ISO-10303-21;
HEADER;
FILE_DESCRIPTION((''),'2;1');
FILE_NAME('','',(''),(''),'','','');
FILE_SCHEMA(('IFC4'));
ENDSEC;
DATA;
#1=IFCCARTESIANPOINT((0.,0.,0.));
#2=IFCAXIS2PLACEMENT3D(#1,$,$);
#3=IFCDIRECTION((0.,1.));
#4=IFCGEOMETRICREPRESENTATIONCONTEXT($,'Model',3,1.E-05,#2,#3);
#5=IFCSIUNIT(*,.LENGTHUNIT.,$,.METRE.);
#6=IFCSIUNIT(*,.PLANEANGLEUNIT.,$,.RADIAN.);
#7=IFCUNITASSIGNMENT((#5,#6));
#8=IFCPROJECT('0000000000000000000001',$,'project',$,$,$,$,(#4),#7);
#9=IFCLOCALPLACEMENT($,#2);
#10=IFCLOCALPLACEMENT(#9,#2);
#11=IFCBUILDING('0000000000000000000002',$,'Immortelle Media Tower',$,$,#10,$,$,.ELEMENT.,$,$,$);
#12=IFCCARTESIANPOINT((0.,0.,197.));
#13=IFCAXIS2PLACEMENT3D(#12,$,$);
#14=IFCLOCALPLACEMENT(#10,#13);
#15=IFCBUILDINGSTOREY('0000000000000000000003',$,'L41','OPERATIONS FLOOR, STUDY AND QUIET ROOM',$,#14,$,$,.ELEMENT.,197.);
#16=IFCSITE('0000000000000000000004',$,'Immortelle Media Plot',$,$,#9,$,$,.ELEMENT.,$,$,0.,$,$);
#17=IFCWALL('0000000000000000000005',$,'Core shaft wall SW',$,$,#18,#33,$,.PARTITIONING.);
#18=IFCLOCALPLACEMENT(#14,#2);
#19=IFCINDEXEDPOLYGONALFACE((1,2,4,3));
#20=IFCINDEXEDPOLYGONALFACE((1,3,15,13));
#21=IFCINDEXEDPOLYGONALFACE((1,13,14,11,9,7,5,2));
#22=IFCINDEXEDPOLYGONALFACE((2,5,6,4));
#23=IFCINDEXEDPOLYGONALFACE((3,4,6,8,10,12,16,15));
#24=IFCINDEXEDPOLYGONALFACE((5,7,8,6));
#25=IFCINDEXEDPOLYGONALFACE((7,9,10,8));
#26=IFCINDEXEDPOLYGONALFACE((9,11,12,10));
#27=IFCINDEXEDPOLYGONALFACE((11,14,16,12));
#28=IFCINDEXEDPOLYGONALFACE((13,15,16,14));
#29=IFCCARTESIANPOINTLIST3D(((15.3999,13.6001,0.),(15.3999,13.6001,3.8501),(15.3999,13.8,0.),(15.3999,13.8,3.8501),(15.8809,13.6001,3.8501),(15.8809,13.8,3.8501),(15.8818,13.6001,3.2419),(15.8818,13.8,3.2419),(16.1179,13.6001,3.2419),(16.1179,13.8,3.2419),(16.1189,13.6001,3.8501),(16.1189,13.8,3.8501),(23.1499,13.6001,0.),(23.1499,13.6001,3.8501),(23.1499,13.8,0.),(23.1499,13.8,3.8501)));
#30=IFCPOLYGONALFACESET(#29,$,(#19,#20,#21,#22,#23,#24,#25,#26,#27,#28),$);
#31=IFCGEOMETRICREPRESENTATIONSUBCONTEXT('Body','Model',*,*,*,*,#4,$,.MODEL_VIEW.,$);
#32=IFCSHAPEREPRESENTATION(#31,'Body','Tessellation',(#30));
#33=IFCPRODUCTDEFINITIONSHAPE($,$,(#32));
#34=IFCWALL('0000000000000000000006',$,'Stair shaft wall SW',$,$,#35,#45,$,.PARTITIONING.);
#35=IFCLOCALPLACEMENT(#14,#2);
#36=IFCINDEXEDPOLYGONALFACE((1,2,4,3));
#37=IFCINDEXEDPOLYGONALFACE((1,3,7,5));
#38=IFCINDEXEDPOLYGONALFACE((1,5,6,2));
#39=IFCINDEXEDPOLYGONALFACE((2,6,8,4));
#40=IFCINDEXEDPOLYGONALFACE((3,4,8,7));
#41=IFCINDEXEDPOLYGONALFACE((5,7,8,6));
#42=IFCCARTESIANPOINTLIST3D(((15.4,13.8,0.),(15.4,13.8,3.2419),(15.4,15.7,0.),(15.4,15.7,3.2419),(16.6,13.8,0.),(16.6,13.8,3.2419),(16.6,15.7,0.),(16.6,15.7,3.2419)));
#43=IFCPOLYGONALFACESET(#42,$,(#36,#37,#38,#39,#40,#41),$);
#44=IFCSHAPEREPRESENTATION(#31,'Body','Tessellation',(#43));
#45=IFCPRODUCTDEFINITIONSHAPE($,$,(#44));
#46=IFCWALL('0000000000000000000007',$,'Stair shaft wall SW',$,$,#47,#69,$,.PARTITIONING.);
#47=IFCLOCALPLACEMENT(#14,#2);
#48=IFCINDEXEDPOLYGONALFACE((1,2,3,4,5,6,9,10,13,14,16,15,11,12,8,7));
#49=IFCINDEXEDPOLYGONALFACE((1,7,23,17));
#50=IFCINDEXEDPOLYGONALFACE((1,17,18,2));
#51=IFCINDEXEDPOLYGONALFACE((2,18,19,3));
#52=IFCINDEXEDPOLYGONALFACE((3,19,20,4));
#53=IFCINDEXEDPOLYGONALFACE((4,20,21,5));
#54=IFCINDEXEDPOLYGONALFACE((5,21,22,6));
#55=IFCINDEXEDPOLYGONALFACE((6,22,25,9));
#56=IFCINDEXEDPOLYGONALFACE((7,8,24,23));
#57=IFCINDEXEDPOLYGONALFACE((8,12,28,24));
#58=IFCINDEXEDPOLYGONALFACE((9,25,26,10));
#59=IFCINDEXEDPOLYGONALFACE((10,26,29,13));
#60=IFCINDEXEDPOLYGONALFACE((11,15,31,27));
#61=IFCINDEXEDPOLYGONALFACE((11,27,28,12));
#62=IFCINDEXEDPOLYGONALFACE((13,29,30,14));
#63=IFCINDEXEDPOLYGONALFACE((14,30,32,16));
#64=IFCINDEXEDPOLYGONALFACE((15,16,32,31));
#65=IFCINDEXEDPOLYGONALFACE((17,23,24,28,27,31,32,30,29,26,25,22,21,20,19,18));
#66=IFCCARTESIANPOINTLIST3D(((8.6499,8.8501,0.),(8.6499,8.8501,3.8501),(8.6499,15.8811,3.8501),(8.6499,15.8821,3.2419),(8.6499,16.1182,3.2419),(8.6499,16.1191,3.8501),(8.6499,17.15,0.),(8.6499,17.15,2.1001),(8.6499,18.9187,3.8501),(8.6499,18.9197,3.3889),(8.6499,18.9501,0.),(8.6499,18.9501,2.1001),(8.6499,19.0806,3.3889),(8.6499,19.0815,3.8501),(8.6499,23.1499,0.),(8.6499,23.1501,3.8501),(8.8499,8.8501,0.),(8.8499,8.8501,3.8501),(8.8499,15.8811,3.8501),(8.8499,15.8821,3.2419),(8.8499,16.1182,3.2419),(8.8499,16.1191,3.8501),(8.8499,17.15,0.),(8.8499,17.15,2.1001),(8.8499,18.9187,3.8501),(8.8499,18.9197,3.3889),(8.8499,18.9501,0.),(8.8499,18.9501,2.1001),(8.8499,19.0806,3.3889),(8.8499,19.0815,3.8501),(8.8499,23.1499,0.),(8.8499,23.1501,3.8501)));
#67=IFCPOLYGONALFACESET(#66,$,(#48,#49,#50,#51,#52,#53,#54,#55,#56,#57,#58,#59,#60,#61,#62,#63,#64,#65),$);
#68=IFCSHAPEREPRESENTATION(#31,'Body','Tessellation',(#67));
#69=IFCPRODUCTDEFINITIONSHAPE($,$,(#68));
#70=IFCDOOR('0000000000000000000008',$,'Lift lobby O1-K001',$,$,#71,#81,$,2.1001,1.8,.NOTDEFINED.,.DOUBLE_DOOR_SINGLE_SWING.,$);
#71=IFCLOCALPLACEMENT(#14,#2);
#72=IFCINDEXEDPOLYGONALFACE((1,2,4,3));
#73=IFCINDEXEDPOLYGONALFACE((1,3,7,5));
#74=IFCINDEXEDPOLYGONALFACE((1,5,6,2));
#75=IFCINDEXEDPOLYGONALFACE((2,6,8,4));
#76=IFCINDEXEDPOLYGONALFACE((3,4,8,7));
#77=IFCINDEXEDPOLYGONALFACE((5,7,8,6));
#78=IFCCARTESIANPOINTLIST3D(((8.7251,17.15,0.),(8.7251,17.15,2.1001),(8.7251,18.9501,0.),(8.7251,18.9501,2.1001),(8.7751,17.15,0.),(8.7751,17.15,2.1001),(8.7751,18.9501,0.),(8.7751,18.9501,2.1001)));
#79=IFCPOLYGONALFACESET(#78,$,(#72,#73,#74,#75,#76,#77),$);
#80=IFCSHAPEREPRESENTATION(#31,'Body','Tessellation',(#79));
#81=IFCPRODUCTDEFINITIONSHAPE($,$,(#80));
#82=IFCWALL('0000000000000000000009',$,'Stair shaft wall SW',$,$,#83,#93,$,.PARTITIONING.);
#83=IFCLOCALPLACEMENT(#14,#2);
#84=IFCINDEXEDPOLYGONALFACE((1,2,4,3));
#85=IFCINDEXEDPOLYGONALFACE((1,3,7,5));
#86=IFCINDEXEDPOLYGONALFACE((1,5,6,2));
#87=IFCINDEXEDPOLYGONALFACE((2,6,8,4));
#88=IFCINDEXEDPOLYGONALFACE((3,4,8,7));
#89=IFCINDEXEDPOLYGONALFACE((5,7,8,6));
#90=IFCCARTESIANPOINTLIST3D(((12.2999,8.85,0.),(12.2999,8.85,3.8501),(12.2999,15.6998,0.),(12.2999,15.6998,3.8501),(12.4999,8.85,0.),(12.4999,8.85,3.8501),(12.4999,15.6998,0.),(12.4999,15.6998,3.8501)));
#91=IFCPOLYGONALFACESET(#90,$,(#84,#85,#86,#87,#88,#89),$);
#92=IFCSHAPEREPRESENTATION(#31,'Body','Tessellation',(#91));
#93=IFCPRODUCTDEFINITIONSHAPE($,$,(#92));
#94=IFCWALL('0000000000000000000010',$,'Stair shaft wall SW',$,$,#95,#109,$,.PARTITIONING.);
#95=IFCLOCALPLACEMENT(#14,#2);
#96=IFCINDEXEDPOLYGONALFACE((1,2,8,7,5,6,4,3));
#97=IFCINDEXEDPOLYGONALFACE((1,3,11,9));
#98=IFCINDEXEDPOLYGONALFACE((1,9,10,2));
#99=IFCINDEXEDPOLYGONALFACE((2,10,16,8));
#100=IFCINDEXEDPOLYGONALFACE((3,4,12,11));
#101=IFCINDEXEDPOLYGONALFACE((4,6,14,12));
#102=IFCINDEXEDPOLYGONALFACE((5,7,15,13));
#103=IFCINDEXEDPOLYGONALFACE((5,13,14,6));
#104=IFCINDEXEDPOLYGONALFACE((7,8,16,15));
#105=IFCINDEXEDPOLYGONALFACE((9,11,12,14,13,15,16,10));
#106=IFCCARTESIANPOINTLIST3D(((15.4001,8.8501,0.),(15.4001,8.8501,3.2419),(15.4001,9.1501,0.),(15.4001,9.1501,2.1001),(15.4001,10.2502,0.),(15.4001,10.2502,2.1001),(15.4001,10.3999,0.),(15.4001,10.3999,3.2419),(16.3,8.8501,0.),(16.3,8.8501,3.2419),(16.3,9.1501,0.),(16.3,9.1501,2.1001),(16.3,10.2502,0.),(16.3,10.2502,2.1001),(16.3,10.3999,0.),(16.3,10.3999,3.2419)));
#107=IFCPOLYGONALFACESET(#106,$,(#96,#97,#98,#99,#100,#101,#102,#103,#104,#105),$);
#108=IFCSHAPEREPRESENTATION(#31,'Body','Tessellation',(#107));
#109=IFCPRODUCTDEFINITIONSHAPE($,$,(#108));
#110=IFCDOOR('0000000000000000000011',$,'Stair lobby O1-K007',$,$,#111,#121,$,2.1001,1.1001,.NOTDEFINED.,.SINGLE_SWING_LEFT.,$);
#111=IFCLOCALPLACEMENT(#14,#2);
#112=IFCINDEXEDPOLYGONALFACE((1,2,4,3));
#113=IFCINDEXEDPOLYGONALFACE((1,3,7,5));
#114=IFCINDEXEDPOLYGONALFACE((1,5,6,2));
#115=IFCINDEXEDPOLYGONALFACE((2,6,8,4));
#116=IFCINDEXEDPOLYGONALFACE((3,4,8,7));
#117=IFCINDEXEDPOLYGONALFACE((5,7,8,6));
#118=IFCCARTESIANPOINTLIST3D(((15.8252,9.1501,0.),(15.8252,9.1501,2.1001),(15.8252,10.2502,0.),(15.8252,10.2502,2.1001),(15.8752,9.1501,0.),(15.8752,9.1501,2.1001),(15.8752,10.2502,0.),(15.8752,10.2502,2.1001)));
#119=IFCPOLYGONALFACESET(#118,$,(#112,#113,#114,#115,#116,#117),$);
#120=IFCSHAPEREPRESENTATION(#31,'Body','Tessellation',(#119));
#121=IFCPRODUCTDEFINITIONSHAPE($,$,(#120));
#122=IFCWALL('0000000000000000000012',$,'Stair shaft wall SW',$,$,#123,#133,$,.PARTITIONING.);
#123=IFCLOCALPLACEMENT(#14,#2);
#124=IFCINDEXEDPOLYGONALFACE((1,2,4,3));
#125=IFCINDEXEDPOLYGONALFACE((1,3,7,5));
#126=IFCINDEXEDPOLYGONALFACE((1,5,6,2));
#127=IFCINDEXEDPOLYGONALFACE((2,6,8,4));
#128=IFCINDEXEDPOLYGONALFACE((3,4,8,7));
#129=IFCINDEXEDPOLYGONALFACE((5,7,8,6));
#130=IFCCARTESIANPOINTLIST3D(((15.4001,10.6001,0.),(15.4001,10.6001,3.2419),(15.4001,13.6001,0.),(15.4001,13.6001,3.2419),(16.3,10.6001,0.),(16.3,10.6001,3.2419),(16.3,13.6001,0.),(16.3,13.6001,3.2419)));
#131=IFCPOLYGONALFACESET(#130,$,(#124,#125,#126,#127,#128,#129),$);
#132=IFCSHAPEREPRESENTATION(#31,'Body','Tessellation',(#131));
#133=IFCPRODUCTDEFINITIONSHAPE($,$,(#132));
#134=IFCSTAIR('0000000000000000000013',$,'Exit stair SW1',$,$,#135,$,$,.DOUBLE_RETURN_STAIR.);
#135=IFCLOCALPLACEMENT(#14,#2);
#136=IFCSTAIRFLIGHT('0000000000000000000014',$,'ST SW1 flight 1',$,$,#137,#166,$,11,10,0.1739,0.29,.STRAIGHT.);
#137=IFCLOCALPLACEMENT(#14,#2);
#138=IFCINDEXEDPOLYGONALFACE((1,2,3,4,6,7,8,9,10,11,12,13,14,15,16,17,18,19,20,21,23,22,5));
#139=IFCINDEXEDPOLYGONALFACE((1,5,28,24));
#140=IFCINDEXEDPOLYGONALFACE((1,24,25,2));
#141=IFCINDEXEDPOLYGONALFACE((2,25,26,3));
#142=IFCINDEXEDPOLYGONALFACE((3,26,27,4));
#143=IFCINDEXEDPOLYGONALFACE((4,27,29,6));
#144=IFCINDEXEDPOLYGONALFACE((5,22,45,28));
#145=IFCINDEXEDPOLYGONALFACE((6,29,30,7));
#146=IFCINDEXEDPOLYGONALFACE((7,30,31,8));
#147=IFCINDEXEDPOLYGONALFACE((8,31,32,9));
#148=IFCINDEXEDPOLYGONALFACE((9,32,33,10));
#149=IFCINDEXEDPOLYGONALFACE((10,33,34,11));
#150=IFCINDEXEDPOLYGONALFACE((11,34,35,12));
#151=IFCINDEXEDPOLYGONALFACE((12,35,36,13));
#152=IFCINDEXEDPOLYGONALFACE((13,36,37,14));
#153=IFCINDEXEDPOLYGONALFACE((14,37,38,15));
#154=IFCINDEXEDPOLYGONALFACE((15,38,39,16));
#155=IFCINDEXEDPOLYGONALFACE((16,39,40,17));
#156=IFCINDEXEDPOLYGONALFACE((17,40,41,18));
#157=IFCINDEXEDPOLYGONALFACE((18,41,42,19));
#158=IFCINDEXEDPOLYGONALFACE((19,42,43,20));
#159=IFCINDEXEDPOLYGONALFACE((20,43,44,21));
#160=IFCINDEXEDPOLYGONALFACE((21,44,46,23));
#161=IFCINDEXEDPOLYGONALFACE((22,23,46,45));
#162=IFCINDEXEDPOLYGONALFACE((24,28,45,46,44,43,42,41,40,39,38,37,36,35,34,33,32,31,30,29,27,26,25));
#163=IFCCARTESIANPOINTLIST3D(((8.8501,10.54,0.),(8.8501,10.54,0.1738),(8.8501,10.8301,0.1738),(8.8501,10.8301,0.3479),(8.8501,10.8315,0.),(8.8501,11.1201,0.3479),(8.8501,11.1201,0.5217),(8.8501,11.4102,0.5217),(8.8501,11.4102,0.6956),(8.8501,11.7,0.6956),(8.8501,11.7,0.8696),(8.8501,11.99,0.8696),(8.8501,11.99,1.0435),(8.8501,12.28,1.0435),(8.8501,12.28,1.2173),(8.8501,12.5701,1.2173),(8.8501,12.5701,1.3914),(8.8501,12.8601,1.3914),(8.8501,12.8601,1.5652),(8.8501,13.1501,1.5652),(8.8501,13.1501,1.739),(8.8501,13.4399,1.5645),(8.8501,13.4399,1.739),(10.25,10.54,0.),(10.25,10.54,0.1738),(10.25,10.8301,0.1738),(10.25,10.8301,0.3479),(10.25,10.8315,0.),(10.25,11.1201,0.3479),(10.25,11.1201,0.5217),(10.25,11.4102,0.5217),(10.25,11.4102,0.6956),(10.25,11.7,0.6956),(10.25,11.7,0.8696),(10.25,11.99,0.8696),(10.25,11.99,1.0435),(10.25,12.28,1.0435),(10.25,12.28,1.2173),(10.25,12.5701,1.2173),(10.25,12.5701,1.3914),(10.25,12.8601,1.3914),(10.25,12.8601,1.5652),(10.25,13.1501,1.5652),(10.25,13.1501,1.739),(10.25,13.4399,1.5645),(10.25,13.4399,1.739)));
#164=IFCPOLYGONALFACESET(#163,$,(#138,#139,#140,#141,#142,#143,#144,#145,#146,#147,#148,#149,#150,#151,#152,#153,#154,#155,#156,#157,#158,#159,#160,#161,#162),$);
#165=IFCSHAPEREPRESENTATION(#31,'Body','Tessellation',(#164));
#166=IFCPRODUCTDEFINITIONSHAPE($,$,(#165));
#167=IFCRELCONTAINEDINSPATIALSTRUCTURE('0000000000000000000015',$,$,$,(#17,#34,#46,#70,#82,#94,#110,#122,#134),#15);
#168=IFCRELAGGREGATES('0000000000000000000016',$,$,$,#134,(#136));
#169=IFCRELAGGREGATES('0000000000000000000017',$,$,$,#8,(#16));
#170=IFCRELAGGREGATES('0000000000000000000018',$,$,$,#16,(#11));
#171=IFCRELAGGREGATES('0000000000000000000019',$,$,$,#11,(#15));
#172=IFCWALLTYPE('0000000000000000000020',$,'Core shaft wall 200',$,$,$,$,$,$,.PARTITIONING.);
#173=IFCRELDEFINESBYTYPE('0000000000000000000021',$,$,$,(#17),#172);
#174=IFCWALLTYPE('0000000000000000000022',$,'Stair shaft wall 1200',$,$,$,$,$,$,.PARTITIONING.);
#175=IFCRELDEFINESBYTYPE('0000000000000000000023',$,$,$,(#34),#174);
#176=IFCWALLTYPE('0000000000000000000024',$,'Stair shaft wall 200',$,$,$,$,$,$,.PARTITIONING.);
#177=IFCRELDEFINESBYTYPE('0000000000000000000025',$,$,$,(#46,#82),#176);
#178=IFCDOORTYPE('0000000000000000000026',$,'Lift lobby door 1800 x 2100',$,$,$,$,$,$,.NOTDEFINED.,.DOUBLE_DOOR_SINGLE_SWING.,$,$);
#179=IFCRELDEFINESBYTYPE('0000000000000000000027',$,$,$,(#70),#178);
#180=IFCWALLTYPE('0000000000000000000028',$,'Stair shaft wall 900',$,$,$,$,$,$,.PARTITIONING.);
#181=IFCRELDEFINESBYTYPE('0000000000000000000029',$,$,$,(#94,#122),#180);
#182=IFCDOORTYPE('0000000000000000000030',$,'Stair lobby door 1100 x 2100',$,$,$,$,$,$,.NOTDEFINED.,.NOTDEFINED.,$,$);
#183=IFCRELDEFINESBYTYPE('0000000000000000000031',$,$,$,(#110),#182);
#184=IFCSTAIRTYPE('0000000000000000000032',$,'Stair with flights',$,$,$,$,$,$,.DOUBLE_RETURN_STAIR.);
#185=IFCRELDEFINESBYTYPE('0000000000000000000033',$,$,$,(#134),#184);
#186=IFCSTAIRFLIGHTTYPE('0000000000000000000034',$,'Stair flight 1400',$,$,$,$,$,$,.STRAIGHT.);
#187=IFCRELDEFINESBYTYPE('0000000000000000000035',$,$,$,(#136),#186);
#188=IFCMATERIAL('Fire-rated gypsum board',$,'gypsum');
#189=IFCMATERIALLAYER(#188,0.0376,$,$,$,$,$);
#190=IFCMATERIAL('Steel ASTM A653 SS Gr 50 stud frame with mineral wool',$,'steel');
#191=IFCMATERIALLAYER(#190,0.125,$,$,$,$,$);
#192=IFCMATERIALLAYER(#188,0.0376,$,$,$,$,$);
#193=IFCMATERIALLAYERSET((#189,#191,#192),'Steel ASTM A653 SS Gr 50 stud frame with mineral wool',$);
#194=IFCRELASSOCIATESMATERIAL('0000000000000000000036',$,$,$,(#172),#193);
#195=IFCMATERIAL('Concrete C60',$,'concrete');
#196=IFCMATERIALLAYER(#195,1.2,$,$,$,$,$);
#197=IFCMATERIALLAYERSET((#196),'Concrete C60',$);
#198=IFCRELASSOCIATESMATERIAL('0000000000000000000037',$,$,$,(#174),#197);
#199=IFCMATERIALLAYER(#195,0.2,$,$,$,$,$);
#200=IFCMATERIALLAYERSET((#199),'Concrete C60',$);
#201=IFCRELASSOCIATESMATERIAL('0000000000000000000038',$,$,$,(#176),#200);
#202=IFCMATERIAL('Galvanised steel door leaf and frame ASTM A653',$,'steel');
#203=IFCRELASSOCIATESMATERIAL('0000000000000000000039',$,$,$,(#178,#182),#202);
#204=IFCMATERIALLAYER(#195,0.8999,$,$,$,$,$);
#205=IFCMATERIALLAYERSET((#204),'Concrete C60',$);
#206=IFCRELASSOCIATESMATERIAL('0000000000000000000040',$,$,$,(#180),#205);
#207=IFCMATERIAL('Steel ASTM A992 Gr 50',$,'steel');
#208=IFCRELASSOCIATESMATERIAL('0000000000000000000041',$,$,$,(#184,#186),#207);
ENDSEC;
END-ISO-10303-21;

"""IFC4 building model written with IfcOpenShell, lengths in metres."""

from ifc_helpers import new_model, si_unit, direction, frame, frame_2d, origin, place, context, subcontext, project, spatial, polyline, rectangle, outline, extrude, material, layer, layer_set, type_object, element, fill, aggregate, save


model = new_model("IFC4")

# Units and contexts
model_context = context("Model", 3, precision=1e-05, world=origin(), true_north=direction((0.0, 1.0)))
body_context = subcontext(model_context, "Body", "Model", "MODEL_VIEW")
ifc_project = project(units=[si_unit("LENGTHUNIT", "METRE"), si_unit("PLANEANGLEUNIT", "RADIAN")], contexts=[model_context])

# Site, building, storey
site_placement = place(None, origin())
site = spatial("IfcSite", under=ifc_project, at=site_placement, Name="Immortelle Media Plot", CompositionType="ELEMENT", RefElevation=0.0)
building_placement = place(site_placement, origin())
building = spatial("IfcBuilding", under=site, at=building_placement, Name="Immortelle Media Tower", CompositionType="ELEMENT")
storey_placement = place(building_placement, frame((0.0, 0.0, 197.0)))
storey = spatial("IfcBuildingStorey", under=building, at=storey_placement, Name="L41", Description="OPERATIONS FLOOR, STUDY AND QUIET ROOM", CompositionType="ELEMENT", Elevation=197.0)

# Shared definitions
ifc_material_1 = material(Name="Steel ASTM A992 Gr 50", Category="steel")

# Shared definitions
ifc_material_2 = material(Name="Fire-rated gypsum board", Category="gypsum")
ifc_layer_1 = layer(ifc_material_2, 0.0376)
ifc_material_3 = material(Name="Steel ASTM A653 SS Gr 50 stud frame with mineral wool", Category="steel")
ifc_layer_2 = layer(ifc_material_3, 0.125)
ifc_layer_3 = layer(ifc_material_2, 0.0376)
ifc_layer_set_1 = layer_set([ifc_layer_1, ifc_layer_2, ifc_layer_3], Name="Steel ASTM A653 SS Gr 50 stud frame with mineral wool")
wall_type_1 = type_object("IfcWallType", Name="Core shaft wall 200", PredefinedType="PARTITIONING", material=ifc_layer_set_1)

# Walls
wall_1_placement = place(storey_placement, frame((15.3999, 13.7, 0.0), z_axis=(0.0, 0.0, 1.0), x_axis=(1.0, 0.0, 0.0)))
element("IfcWall", 1, at=wall_1_placement, inside=storey, type_object=wall_type_1, Name="Core shaft wall SW", PredefinedType="PARTITIONING", context=body_context, shape_type="SweptSolid", body=[
    extrude(outline(polyline([(0.0, 0.0), (7.75, 0.0), (7.75, 3.8501), (0.719, 3.8501), (0.718, 3.2419), (0.4819, 3.2419), (0.481, 3.8501), (0.0, 3.8501), (0.0, 0.0)])), frame((0.0, 0.1001, 0.0), z_axis=(0.0, -1.0, 0.0), x_axis=(1.0, 0.0, 0.0)), (0.0, 0.0, 1.0), 0.2),
])
ifc_material_4 = material(Name="Concrete C60", Category="concrete")
ifc_layer_4 = layer(ifc_material_4, 1.2)
ifc_layer_set_2 = layer_set([ifc_layer_4], Name="Concrete C60")
wall_type_2 = type_object("IfcWallType", Name="Stair shaft wall 1200", PredefinedType="PARTITIONING", material=ifc_layer_set_2)
wall_2_placement = place(storey_placement, frame((16.0, 13.8, 0.0), z_axis=(0.0, 0.0, 1.0), x_axis=(0.0, 1.0, 0.0)))
element("IfcWall", 2, at=wall_2_placement, inside=storey, type_object=wall_type_2, Name="Stair shaft wall SW", PredefinedType="PARTITIONING", context=body_context, shape_type="SweptSolid", body=[
    extrude(rectangle(XDim=1.8999, YDim=1.2, at=frame_2d((0.95, 0.0))), origin(), (0.0, 0.0, 1.0), 3.2419),
])

# Wall, opening, door
ifc_layer_5 = layer(ifc_material_4, 0.2)
ifc_layer_set_3 = layer_set([ifc_layer_5], Name="Concrete C60")
wall_type_3 = type_object("IfcWallType", Name="Stair shaft wall 200", PredefinedType="PARTITIONING", material=ifc_layer_set_3)
wall_3_placement = place(storey_placement, frame((8.75, 8.8501, 0.0), z_axis=(0.0, 0.0, 1.0), x_axis=(0.0, 1.0, 0.0)))
wall_3 = element("IfcWall", 3, at=wall_3_placement, inside=storey, type_object=wall_type_3, Name="Stair shaft wall SW", PredefinedType="PARTITIONING", context=body_context, shape_type="SweptSolid", body=[
    extrude(outline(polyline([(0.0, 0.0), (14.2998, 0.0), (14.3, 3.8501), (10.2314, 3.8501), (10.2305, 3.3889), (10.0696, 3.3889), (10.0686, 3.8501), (7.269, 3.8501), (7.2681, 3.2419), (7.032, 3.2419), (7.031, 3.8501), (0.0, 3.8501), (0.0, 0.0)])), frame((0.0, 0.1001, 0.0), z_axis=(0.0, -1.0, 0.0), x_axis=(1.0, 0.0, 0.0)), (0.0, 0.0, 1.0), 0.2),
])
opening_1_placement = place(wall_3_placement, frame((8.3, 0.0, 0.0)))
opening_1 = element("IfcOpeningElement", 4, at=opening_1_placement, cuts=wall_3, PredefinedType="OPENING", context=body_context, shape_type="SweptSolid", body=[
    extrude(rectangle(XDim=1.8, YDim=2.1001, at=frame_2d((0.8999, 1.05))), frame((0.0, 0.1099, 0.0), z_axis=(0.0, -1.0, 0.0), x_axis=(1.0, 0.0, 0.0)), (0.0, 0.0, 1.0), 0.22),
])
ifc_material_5 = material(Name="Galvanised steel door leaf and frame ASTM A653", Category="steel")
door_type_1 = type_object("IfcDoorType", Name="Lift lobby door 1800 x 2100", OperationType="DOUBLE_DOOR_SINGLE_SWING", PredefinedType="NOTDEFINED", material=ifc_material_5)
door_1_placement = place(opening_1_placement, origin())
door_1 = element("IfcDoor", 5, at=door_1_placement, inside=storey, type_object=door_type_1, Name="Lift lobby O1-K001", OperationType="DOUBLE_DOOR_SINGLE_SWING", OverallHeight=2.1001, OverallWidth=1.8, PredefinedType="NOTDEFINED", context=body_context, shape_type="SweptSolid", body=[
    extrude(rectangle(XDim=1.8, YDim=2.1001, at=frame_2d((0.8999, 1.05))), frame((0.0, 0.0249, 0.0), z_axis=(0.0, -1.0, 0.0), x_axis=(1.0, 0.0, 0.0)), (0.0, 0.0, 1.0), 0.05),
])
fill(opening_1, door_1)

# Wall
wall_4_placement = place(storey_placement, frame((12.3999, 8.8501, 0.0), z_axis=(0.0, 0.0, 1.0), x_axis=(0.0, 1.0, 0.0)))
element("IfcWall", 6, at=wall_4_placement, inside=storey, type_object=wall_type_3, Name="Stair shaft wall SW", PredefinedType="PARTITIONING", context=body_context, shape_type="SweptSolid", body=[
    extrude(rectangle(XDim=6.8499, YDim=0.2, at=frame_2d((3.4248, 0.0))), origin(), (0.0, 0.0, 1.0), 3.8501),
])

# Wall, opening, door
ifc_layer_6 = layer(ifc_material_4, 0.8999)
ifc_layer_set_4 = layer_set([ifc_layer_6], Name="Concrete C60")
wall_type_4 = type_object("IfcWallType", Name="Stair shaft wall 900", PredefinedType="PARTITIONING", material=ifc_layer_set_4)
wall_5_placement = place(storey_placement, frame((15.8501, 8.8501, 0.0), z_axis=(0.0, 0.0, 1.0), x_axis=(0.0, 1.0, 0.0)))
wall_5 = element("IfcWall", 7, at=wall_5_placement, inside=storey, type_object=wall_type_4, Name="Stair shaft wall SW", PredefinedType="PARTITIONING", context=body_context, shape_type="SweptSolid", body=[
    extrude(rectangle(XDim=1.5498, YDim=0.8999, at=frame_2d((0.7749, 0.0))), origin(), (0.0, 0.0, 1.0), 3.2419),
])
opening_2_placement = place(wall_5_placement, frame((0.3, 0.0, 0.0)))
opening_2 = element("IfcOpeningElement", 8, at=opening_2_placement, cuts=wall_5, PredefinedType="OPENING", context=body_context, shape_type="SweptSolid", body=[
    extrude(rectangle(XDim=1.1001, YDim=2.1001, at=frame_2d((0.55, 1.05))), frame((0.0, 0.46, 0.0), z_axis=(0.0, -1.0, 0.0), x_axis=(1.0, 0.0, 0.0)), (0.0, 0.0, 1.0), 0.9199),
])
door_type_2 = type_object("IfcDoorType", Name="Stair lobby door 1100 x 2100", OperationType="NOTDEFINED", PredefinedType="NOTDEFINED", material=ifc_material_5)
door_2_placement = place(opening_2_placement, origin())
door_2 = element("IfcDoor", 9, at=door_2_placement, inside=storey, type_object=door_type_2, Name="Stair lobby O1-K007", OperationType="SINGLE_SWING_LEFT", OverallHeight=2.1001, OverallWidth=1.1001, PredefinedType="NOTDEFINED", context=body_context, shape_type="SweptSolid", body=[
    extrude(rectangle(XDim=1.1001, YDim=2.1001, at=frame_2d((0.55, 1.05))), frame((0.0, 0.0249, 0.0), z_axis=(0.0, -1.0, 0.0), x_axis=(1.0, 0.0, 0.0)), (0.0, 0.0, 1.0), 0.05),
])
fill(opening_2, door_2)

# Wall
wall_6_placement = place(storey_placement, frame((15.8501, 10.6001, 0.0), z_axis=(0.0, 0.0, 1.0), x_axis=(0.0, 1.0, 0.0)))
element("IfcWall", 10, at=wall_6_placement, inside=storey, type_object=wall_type_4, Name="Stair shaft wall SW", PredefinedType="PARTITIONING", context=body_context, shape_type="SweptSolid", body=[
    extrude(rectangle(XDim=3.0, YDim=0.8999, at=frame_2d((1.5, 0.0))), origin(), (0.0, 0.0, 1.0), 3.2419),
])

# Stair, stair flight
stair_type = type_object("IfcStairType", Name="Stair with flights", PredefinedType="DOUBLE_RETURN_STAIR", material=ifc_material_1)
stair_1_placement = place(storey_placement, origin())
stair_1 = element("IfcStair", 11, at=stair_1_placement, inside=storey, type_object=stair_type, Name="Exit stair SW1", PredefinedType="DOUBLE_RETURN_STAIR")
stair_flight_type = type_object("IfcStairFlightType", Name="Stair flight 1400", PredefinedType="STRAIGHT", material=ifc_material_1)
stair_flight_1_placement = place(storey_placement, frame((9.55, 10.54, 0.0), z_axis=(0.0, 0.0, 1.0), x_axis=(0.0, 1.0, 0.0)))
stair_flight_1 = element("IfcStairFlight", 12, at=stair_flight_1_placement, type_object=stair_flight_type, Name="ST SW1 flight 1", NumberOfRisers=11, NumberOfTreads=10, PredefinedType="STRAIGHT", RiserHeight=0.1739, TreadLength=0.29, context=body_context, shape_type="SweptSolid", body=[
    extrude(outline(polyline([(0.0, 0.0), (0.0, 0.1738), (0.29, 0.1738), (0.29, 0.3479), (0.5801, 0.3479), (0.5801, 0.5217), (0.8701, 0.5217), (0.8701, 0.6956), (1.1599, 0.6956), (1.1599, 0.8696), (1.45, 0.8696), (1.45, 1.0435), (1.74, 1.0435), (1.74, 1.2173), (2.03, 1.2173), (2.03, 1.3914), (2.3201, 1.3914), (2.3201, 1.5652), (2.6101, 1.5652), (2.6101, 1.739), (2.8999, 1.739), (2.8999, 1.9131), (2.8999, 1.5645), (0.2915, 0.0), (0.0, 0.0)])), frame((0.0, 0.7, 0.0), z_axis=(0.0, -1.0, 0.0), x_axis=(1.0, 0.0, 0.0)), (0.0, 0.0, 1.0), 1.3999),
])
aggregate(stair_1, [stair_flight_1])

save(model, "model.ifc")
